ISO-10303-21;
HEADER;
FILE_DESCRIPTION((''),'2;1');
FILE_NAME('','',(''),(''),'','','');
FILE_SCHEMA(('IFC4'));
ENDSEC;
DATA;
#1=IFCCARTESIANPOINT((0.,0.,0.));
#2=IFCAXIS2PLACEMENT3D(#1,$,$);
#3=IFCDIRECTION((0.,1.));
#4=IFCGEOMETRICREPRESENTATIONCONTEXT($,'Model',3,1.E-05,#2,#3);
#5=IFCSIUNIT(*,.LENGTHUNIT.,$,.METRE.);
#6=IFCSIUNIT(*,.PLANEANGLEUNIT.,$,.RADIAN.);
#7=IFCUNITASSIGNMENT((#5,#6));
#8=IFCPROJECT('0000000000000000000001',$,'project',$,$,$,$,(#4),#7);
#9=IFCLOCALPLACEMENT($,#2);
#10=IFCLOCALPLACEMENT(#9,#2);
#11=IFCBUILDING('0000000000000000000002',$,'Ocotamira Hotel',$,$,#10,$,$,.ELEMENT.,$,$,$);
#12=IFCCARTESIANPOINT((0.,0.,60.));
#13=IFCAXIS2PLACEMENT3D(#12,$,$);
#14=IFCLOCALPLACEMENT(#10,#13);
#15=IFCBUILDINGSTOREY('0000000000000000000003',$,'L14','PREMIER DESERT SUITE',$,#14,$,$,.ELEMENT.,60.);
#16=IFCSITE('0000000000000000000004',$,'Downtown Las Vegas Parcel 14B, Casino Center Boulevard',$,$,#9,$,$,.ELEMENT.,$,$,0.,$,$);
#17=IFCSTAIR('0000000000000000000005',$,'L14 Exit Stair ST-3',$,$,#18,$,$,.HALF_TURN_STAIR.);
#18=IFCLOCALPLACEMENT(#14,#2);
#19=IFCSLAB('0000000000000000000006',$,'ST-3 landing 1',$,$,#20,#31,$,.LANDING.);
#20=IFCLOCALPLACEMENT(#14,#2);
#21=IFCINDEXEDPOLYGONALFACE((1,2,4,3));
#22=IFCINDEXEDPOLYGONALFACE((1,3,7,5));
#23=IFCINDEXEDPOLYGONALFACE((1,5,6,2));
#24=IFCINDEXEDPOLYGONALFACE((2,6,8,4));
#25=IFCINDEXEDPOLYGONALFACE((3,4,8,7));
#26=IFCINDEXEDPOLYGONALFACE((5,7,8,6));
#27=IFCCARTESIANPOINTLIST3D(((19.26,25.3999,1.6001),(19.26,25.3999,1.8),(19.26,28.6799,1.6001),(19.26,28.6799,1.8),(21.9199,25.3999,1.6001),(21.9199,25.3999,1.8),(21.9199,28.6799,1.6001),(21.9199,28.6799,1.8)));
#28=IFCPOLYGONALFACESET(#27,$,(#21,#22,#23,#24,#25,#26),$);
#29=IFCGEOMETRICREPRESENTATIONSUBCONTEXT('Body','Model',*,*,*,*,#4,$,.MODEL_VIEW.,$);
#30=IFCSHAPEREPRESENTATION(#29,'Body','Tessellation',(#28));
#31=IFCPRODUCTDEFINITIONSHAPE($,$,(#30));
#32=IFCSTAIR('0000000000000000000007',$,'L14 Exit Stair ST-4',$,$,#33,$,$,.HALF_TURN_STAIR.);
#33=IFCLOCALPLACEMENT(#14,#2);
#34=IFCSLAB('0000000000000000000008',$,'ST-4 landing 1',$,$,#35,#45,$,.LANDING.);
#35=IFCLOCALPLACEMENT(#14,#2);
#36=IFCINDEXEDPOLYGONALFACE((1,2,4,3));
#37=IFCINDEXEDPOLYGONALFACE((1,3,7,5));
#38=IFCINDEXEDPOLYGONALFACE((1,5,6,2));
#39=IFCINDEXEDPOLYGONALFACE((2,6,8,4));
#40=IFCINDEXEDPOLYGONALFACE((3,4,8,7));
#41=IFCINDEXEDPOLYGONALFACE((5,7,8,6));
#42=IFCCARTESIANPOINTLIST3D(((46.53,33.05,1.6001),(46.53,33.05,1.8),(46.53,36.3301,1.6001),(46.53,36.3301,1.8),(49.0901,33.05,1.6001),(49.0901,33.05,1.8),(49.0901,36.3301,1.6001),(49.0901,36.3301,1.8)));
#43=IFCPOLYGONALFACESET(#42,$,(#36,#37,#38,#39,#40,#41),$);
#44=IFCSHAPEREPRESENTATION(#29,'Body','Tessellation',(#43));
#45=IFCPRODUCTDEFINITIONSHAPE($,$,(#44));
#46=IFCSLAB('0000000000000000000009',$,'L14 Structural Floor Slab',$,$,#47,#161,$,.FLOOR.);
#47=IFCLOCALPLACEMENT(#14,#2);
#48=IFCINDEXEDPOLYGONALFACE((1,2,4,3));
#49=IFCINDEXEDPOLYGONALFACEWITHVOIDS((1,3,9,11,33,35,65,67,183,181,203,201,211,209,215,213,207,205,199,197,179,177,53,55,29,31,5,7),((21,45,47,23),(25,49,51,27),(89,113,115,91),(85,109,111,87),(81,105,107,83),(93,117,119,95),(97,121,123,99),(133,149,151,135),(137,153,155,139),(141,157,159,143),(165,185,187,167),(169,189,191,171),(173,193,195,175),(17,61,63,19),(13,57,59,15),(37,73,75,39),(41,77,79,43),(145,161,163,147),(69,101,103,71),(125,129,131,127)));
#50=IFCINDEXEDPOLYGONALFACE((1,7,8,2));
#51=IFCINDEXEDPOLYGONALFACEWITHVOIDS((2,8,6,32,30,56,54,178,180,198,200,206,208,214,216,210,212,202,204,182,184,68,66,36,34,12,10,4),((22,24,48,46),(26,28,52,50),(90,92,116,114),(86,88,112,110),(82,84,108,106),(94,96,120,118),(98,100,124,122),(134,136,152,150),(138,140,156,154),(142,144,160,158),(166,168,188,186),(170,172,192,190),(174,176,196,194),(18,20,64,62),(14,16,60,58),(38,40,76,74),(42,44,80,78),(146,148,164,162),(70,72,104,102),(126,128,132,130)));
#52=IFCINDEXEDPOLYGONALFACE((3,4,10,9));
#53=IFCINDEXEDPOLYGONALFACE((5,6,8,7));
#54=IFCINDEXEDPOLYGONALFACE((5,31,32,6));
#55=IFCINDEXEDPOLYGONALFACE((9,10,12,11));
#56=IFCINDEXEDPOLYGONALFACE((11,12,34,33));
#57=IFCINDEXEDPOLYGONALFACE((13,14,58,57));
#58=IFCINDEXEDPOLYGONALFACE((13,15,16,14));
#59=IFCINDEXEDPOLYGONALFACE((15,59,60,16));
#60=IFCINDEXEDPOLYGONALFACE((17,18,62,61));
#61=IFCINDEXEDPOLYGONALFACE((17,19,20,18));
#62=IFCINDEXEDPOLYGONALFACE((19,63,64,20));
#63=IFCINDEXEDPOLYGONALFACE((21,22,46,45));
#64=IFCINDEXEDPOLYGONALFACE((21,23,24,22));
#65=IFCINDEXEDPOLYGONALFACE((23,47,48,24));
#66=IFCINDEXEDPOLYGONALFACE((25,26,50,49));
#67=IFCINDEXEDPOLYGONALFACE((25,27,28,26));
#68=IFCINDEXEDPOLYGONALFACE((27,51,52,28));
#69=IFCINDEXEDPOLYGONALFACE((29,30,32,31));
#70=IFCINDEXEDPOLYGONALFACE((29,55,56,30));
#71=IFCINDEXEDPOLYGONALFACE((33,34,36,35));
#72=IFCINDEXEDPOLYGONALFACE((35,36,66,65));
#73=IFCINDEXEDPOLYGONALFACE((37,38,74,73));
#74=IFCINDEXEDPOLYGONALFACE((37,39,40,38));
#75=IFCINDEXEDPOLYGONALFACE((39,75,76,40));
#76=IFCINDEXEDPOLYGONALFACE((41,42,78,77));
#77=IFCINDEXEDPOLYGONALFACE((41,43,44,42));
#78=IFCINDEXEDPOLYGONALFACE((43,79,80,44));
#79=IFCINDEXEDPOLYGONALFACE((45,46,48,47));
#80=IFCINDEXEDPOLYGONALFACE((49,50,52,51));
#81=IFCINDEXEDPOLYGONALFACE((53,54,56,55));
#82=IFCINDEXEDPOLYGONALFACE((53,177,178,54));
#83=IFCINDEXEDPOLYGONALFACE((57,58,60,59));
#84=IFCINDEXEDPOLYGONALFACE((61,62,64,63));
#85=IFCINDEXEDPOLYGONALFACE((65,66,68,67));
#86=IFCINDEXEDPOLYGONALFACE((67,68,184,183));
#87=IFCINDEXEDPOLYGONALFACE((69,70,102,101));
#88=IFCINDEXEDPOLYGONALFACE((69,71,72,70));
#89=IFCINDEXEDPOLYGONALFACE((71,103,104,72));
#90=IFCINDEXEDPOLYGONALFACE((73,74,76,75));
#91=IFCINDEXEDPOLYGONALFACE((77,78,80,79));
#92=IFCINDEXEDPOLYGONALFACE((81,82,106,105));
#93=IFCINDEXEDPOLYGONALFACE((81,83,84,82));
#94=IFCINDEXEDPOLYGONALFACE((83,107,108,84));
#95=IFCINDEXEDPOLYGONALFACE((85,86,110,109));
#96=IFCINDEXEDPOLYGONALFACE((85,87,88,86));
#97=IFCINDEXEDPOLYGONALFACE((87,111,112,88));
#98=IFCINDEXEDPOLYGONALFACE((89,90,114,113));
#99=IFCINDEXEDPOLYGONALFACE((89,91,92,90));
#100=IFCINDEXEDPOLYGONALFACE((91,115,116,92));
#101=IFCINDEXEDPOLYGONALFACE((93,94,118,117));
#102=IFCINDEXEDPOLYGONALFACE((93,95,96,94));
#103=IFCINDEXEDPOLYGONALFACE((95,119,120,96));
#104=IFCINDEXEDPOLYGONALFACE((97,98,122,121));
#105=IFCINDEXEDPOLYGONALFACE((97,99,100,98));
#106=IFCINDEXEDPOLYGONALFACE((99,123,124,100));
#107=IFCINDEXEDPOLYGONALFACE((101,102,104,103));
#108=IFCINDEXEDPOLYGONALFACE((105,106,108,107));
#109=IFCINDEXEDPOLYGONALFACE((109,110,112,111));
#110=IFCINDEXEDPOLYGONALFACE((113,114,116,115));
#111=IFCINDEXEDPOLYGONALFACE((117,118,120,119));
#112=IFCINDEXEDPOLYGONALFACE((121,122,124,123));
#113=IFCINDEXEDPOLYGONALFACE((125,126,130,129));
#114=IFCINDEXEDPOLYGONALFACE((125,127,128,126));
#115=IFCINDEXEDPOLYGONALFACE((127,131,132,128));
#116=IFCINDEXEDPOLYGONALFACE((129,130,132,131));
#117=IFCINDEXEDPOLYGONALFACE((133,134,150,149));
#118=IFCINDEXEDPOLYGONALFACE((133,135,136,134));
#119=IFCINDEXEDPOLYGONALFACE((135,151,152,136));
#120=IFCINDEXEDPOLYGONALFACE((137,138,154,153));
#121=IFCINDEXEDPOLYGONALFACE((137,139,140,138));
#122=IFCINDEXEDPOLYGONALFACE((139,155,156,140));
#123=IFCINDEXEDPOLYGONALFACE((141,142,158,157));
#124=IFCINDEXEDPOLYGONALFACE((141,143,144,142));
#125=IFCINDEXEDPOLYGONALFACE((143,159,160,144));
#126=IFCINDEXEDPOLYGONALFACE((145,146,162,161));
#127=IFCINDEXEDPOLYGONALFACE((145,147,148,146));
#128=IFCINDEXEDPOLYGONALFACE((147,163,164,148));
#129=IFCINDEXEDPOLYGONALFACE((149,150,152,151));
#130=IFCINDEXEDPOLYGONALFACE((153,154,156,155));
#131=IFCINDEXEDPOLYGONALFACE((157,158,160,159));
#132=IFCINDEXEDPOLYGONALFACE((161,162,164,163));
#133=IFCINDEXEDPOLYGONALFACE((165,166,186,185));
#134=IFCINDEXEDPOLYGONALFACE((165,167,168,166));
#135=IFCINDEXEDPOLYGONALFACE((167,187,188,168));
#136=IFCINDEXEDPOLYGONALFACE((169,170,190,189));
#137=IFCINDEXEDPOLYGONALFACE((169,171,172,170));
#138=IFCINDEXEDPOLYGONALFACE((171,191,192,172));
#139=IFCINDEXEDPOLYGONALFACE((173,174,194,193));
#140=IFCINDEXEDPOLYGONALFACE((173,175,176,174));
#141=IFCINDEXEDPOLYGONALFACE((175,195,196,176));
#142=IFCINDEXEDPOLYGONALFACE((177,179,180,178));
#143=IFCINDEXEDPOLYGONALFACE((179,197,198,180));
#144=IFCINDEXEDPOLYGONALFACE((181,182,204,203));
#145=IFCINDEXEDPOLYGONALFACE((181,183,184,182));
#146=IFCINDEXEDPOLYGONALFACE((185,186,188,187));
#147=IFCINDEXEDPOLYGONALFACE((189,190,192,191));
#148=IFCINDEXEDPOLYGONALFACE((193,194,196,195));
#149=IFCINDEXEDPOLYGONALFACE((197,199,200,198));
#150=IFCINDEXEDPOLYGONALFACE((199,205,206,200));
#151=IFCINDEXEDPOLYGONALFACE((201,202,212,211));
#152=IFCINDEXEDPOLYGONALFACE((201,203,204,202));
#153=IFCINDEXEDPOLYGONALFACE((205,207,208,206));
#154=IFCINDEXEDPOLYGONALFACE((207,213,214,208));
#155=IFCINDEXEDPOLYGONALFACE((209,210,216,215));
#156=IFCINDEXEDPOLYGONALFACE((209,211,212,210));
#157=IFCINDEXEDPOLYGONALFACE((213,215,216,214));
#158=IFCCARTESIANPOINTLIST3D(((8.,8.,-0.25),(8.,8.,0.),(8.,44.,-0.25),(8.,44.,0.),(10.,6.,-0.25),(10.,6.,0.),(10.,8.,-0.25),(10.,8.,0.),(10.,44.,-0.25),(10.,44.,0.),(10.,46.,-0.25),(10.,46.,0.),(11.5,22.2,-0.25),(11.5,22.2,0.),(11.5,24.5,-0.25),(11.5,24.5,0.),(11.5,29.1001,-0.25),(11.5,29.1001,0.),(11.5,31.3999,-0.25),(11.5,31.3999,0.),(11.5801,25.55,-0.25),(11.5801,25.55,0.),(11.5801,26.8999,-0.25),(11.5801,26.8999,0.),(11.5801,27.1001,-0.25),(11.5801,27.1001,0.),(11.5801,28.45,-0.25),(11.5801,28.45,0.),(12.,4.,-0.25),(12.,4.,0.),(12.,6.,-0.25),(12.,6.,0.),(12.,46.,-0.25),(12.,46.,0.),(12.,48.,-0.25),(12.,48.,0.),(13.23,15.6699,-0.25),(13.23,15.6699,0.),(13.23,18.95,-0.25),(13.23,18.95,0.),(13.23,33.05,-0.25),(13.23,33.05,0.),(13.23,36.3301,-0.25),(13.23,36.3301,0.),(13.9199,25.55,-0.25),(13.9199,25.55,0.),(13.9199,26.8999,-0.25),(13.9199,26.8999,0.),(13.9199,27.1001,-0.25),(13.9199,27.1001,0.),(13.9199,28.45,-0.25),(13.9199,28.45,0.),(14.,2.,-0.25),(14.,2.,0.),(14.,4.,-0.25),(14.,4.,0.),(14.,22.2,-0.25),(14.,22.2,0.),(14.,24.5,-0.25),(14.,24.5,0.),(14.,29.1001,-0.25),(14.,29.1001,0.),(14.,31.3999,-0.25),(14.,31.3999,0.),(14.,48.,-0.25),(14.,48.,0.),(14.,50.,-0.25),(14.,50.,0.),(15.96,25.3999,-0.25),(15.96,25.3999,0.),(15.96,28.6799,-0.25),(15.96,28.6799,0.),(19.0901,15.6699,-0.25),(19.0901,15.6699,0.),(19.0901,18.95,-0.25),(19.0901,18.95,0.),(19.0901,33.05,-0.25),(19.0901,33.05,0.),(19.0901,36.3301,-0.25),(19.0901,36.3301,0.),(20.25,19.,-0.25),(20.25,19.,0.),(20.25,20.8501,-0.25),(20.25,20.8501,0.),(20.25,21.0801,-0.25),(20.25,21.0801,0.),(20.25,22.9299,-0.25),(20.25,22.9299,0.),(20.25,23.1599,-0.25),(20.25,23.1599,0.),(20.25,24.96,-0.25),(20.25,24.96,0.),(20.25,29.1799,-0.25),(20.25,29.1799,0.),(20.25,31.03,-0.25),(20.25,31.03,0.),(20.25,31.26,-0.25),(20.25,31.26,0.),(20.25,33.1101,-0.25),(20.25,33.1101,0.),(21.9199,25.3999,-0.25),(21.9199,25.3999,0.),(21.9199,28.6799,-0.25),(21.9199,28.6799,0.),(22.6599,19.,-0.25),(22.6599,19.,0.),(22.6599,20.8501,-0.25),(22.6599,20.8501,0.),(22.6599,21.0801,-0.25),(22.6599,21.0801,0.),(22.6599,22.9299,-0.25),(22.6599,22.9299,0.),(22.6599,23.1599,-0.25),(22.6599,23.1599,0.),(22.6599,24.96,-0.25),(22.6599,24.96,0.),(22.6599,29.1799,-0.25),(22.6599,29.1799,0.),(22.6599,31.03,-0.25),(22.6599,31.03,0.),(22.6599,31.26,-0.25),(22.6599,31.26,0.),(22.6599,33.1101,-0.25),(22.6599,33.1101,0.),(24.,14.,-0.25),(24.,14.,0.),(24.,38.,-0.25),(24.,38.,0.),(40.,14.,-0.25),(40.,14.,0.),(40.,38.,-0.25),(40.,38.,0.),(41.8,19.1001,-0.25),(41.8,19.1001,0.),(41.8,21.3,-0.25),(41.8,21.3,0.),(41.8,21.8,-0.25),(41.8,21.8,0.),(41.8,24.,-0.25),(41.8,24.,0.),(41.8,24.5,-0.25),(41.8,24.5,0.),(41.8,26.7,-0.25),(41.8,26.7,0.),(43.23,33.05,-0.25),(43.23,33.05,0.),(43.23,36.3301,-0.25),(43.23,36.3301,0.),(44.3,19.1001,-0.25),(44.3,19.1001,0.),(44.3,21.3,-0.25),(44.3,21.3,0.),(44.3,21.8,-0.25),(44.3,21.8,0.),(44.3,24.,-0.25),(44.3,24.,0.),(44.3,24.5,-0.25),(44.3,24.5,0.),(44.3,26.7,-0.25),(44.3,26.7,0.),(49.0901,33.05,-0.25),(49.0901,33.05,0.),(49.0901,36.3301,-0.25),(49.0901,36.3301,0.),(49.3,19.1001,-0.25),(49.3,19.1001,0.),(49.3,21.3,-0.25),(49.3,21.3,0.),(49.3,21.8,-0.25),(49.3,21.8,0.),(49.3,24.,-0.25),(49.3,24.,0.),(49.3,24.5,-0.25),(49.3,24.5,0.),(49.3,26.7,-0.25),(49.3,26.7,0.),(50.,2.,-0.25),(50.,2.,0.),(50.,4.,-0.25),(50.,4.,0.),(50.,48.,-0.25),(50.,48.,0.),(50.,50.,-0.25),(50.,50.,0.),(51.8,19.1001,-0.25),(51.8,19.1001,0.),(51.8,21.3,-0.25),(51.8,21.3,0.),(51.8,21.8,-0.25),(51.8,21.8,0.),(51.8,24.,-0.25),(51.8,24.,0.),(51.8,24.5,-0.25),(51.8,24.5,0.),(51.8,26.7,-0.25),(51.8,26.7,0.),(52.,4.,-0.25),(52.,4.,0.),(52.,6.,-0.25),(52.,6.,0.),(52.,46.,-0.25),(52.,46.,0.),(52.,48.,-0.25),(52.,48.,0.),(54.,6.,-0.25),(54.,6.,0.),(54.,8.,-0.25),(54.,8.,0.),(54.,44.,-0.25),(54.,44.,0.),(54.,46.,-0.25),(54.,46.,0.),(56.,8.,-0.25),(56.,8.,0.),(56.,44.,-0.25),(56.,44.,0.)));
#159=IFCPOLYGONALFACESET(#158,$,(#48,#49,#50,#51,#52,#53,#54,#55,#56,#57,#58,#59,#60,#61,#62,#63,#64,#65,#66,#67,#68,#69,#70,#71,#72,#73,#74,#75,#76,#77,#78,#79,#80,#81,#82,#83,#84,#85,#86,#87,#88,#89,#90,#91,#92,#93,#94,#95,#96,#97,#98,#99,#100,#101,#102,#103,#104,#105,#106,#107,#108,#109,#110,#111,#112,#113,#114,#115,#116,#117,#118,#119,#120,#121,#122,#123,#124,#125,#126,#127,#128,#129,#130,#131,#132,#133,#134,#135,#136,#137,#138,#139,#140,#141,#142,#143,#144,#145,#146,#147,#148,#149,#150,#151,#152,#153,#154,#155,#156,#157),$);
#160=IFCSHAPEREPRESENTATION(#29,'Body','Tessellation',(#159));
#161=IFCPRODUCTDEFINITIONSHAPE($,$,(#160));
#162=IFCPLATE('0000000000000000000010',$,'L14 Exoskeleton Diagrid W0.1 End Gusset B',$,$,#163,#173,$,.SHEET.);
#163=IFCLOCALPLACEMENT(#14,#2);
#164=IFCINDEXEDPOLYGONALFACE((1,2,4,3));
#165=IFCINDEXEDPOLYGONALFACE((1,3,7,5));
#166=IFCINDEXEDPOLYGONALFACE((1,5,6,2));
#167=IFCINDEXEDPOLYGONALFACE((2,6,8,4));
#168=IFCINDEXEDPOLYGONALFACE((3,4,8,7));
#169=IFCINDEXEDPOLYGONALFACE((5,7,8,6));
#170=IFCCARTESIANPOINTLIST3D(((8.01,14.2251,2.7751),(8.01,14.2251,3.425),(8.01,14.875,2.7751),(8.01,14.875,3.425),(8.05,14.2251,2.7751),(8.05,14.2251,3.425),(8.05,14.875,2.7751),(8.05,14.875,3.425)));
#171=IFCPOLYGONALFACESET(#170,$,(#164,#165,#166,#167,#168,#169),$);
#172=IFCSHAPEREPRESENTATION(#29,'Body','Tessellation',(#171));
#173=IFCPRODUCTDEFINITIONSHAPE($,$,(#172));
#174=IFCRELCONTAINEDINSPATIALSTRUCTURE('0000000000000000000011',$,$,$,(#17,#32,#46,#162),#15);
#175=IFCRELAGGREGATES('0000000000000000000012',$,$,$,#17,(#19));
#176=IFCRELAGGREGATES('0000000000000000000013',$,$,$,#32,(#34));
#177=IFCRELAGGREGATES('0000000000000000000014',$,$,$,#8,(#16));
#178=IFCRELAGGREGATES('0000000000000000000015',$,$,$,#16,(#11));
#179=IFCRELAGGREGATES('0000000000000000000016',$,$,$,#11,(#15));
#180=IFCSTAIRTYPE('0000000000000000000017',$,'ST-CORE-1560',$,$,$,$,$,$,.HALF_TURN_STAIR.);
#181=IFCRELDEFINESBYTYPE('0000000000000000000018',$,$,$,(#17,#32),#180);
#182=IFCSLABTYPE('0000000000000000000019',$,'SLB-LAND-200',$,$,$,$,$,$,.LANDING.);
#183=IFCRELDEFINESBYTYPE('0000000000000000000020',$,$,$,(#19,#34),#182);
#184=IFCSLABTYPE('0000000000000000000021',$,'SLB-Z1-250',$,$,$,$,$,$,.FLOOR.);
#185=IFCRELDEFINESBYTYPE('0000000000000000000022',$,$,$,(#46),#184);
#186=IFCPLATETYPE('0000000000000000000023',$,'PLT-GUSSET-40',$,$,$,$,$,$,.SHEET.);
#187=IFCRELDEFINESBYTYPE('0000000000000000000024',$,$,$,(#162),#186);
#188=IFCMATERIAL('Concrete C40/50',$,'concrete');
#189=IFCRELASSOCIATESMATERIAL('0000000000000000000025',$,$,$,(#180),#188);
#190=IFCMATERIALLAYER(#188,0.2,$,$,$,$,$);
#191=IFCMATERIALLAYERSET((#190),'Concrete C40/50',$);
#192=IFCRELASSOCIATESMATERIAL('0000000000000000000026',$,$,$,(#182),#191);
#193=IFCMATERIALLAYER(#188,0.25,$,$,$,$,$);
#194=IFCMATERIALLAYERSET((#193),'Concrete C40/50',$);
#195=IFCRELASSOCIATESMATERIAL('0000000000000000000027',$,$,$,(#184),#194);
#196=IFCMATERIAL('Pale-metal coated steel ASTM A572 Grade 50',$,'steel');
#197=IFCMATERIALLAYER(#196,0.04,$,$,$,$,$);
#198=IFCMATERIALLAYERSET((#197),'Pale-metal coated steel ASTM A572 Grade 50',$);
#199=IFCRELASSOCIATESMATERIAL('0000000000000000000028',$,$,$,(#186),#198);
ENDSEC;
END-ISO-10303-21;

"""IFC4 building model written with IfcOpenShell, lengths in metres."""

from ifc_helpers import new_model, si_unit, direction, frame, origin, origin_2d, place, context, subcontext, project, spatial, polyline, rectangle, outline, extrude, source, transform, mapped, material, layer, layer_set, type_object, element, aggregate, save


model = new_model("IFC4")

# Units and contexts
model_context = context("Model", 3, precision=1e-05, world=origin(), true_north=direction((0.0, 1.0)))
body_context = subcontext(model_context, "Body", "Model", "MODEL_VIEW")
ifc_project = project(units=[si_unit("LENGTHUNIT", "METRE"), si_unit("PLANEANGLEUNIT", "RADIAN")], contexts=[model_context])

# Site, building, storey
site_placement = place(None, origin())
site = spatial("IfcSite", under=ifc_project, at=site_placement, Name="Downtown Las Vegas Parcel 14B, Casino Center Boulevard", CompositionType="ELEMENT", RefElevation=0.0)
building_placement = place(site_placement, origin())
building = spatial("IfcBuilding", under=site, at=building_placement, Name="Ocotamira Hotel", CompositionType="ELEMENT")
storey_placement = place(building_placement, frame((0.0, 0.0, 60.0)))
storey = spatial("IfcBuildingStorey", under=building, at=storey_placement, Name="L14", Description="PREMIER DESERT SUITE", CompositionType="ELEMENT", Elevation=60.0)

# Stairs, slabs
ifc_material_1 = material(Name="Concrete C40/50", Category="concrete")
stair_type = type_object("IfcStairType", Name="ST-CORE-1560", PredefinedType="HALF_TURN_STAIR", material=ifc_material_1)
ifc_layer_1 = layer(ifc_material_1, 0.2)
ifc_layer_set_1 = layer_set([ifc_layer_1], Name="Concrete C40/50")
slab_type_1 = type_object("IfcSlabType", Name="SLB-LAND-200", PredefinedType="LANDING", material=ifc_layer_set_1)
stair_1_placement = place(storey_placement, origin())
stair_1 = element("IfcStair", 1, at=stair_1_placement, inside=storey, type_object=stair_type, Name="L14 Exit Stair ST-3", PredefinedType="HALF_TURN_STAIR")
slab_1_placement = place(storey_placement, frame((0.0, 0.0, 1.6001)))
slab_1 = element("IfcSlab", 2, at=slab_1_placement, type_object=slab_type_1, Name="ST-3 landing 1", PredefinedType="LANDING", context=body_context, shape_type="SweptSolid", body=[
    extrude(outline(polyline([(19.26, 25.3999), (21.9199, 25.3999), (21.9199, 28.6799), (19.26, 28.6799), (19.26, 25.3999)])), origin(), (0.0, 0.0, 1.0), 0.2),
])
aggregate(stair_1, [slab_1])
stair_2_placement = place(storey_placement, origin())
stair_2 = element("IfcStair", 3, at=stair_2_placement, inside=storey, type_object=stair_type, Name="L14 Exit Stair ST-4", PredefinedType="HALF_TURN_STAIR")
slab_2_placement = place(storey_placement, frame((0.0, 0.0, 1.6001)))
slab_2 = element("IfcSlab", 4, at=slab_2_placement, type_object=slab_type_1, Name="ST-4 landing 1", PredefinedType="LANDING", context=body_context, shape_type="SweptSolid", body=[
    extrude(outline(polyline([(46.53, 33.05), (49.0901, 33.05), (49.0901, 36.3301), (46.53, 36.3301), (46.53, 33.05)])), origin(), (0.0, 0.0, 1.0), 0.2),
])
aggregate(stair_2, [slab_2])

# Slab
ifc_layer_2 = layer(ifc_material_1, 0.25)
ifc_layer_set_2 = layer_set([ifc_layer_2], Name="Concrete C40/50")
slab_type_2 = type_object("IfcSlabType", Name="SLB-Z1-250", PredefinedType="FLOOR", material=ifc_layer_set_2)
slab_3_placement = place(storey_placement, frame((0.0, 0.0, -0.25)))
element("IfcSlab", 5, at=slab_3_placement, inside=storey, type_object=slab_type_2, Name="L14 Structural Floor Slab", PredefinedType="FLOOR", context=body_context, shape_type="SweptSolid", body=[
    extrude(outline(polyline([(14.0, 2.0), (50.0, 2.0), (50.0, 4.0), (52.0, 4.0), (52.0, 6.0), (54.0, 6.0), (54.0, 8.0), (56.0, 8.0), (56.0, 44.0), (54.0, 44.0), (54.0, 46.0), (52.0, 46.0), (52.0, 48.0), (50.0, 48.0), (50.0, 50.0), (14.0, 50.0), (14.0, 48.0), (12.0, 48.0), (12.0, 46.0), (10.0, 46.0), (10.0, 44.0), (8.0, 44.0), (8.0, 8.0), (10.0, 8.0), (10.0, 6.0), (12.0, 6.0), (12.0, 4.0), (14.0, 4.0), (14.0, 2.0)]), holes=[polyline([(24.0, 14.0), (40.0, 14.0), (40.0, 38.0), (24.0, 38.0), (24.0, 14.0)]), polyline([(13.23, 15.6699), (19.0901, 15.6699), (19.0901, 18.95), (13.23, 18.95), (13.23, 15.6699)]), polyline([(13.23, 33.05), (19.0901, 33.05), (19.0901, 36.3301), (13.23, 36.3301), (13.23, 33.05)]), polyline([(15.96, 25.3999), (21.9199, 25.3999), (21.9199, 28.6799), (15.96, 28.6799), (15.96, 25.3999)]), polyline([(43.23, 33.05), (49.0901, 33.05), (49.0901, 36.3301), (43.23, 36.3301), (43.23, 33.05)]), polyline([(49.3, 19.1001), (51.8, 19.1001), (51.8, 21.3), (49.3, 21.3), (49.3, 19.1001)]), polyline([(49.3, 21.8), (51.8, 21.8), (51.8, 24.0), (49.3, 24.0), (49.3, 21.8)]), polyline([(49.3, 24.5), (51.8, 24.5), (51.8, 26.7), (49.3, 26.7), (49.3, 24.5)]), polyline([(41.8, 19.1001), (44.3, 19.1001), (44.3, 21.3), (41.8, 21.3), (41.8, 19.1001)]), polyline([(41.8, 21.8), (44.3, 21.8), (44.3, 24.0), (41.8, 24.0), (41.8, 21.8)]), polyline([(41.8, 24.5), (44.3, 24.5), (44.3, 26.7), (41.8, 26.7), (41.8, 24.5)]), polyline([(20.25, 19.0), (22.6599, 19.0), (22.6599, 20.8501), (20.25, 20.8501), (20.25, 19.0)]), polyline([(20.25, 21.0801), (22.6599, 21.0801), (22.6599, 22.9299), (20.25, 22.9299), (20.25, 21.0801)]), polyline([(20.25, 23.1599), (22.6599, 23.1599), (22.6599, 24.96), (20.25, 24.96), (20.25, 23.1599)]), polyline([(20.25, 29.1799), (22.6599, 29.1799), (22.6599, 31.03), (20.25, 31.03), (20.25, 29.1799)]), polyline([(20.25, 31.26), (22.6599, 31.26), (22.6599, 33.1101), (20.25, 33.1101), (20.25, 31.26)]), polyline([(11.5, 22.2), (14.0, 22.2), (14.0, 24.5), (11.5, 24.5), (11.5, 22.2)]), polyline([(11.5, 29.1001), (14.0, 29.1001), (14.0, 31.3999), (11.5, 31.3999), (11.5, 29.1001)]), polyline([(11.5801, 25.55), (13.9199, 25.55), (13.9199, 26.8999), (11.5801, 26.8999), (11.5801, 25.55)]), polyline([(11.5801, 27.1001), (13.9199, 27.1001), (13.9199, 28.45), (11.5801, 28.45), (11.5801, 27.1001)])]), origin(), (0.0, 0.0, 1.0), 0.25),
])

# Plate
ifc_material_2 = material(Name="Pale-metal coated steel ASTM A572 Grade 50", Category="steel")
ifc_layer_3 = layer(ifc_material_2, 0.04)
ifc_layer_set_3 = layer_set([ifc_layer_3], Name="Pale-metal coated steel ASTM A572 Grade 50")
plate_type_1 = type_object("IfcPlateType", Name="PLT-GUSSET-40", PredefinedType="SHEET", material=ifc_layer_set_3)
shared_shape_1 = source(origin(), body_context, "Body", "SweptSolid", [
    extrude(rectangle(XDim=0.04, YDim=0.6499, at=origin_2d()), origin(), (0.0, 0.0, 1.0), 0.6499),
])
plate_1_placement = place(storey_placement, frame((8.03, 14.55, 2.7751), z_axis=(0.0, 0.0, 1.0), x_axis=(1.0, 0.0, 0.0)))
element("IfcPlate", 6, at=plate_1_placement, inside=storey, type_object=plate_type_1, Name="L14 Exoskeleton Diagrid W0.1 End Gusset B", PredefinedType="SHEET", context=body_context, shape_type="MappedRepresentation", body=[
    mapped(shared_shape_1, transform((0.0, 0.0, 0.0), scale=1.0)),
])

save(model, "model.ifc")
